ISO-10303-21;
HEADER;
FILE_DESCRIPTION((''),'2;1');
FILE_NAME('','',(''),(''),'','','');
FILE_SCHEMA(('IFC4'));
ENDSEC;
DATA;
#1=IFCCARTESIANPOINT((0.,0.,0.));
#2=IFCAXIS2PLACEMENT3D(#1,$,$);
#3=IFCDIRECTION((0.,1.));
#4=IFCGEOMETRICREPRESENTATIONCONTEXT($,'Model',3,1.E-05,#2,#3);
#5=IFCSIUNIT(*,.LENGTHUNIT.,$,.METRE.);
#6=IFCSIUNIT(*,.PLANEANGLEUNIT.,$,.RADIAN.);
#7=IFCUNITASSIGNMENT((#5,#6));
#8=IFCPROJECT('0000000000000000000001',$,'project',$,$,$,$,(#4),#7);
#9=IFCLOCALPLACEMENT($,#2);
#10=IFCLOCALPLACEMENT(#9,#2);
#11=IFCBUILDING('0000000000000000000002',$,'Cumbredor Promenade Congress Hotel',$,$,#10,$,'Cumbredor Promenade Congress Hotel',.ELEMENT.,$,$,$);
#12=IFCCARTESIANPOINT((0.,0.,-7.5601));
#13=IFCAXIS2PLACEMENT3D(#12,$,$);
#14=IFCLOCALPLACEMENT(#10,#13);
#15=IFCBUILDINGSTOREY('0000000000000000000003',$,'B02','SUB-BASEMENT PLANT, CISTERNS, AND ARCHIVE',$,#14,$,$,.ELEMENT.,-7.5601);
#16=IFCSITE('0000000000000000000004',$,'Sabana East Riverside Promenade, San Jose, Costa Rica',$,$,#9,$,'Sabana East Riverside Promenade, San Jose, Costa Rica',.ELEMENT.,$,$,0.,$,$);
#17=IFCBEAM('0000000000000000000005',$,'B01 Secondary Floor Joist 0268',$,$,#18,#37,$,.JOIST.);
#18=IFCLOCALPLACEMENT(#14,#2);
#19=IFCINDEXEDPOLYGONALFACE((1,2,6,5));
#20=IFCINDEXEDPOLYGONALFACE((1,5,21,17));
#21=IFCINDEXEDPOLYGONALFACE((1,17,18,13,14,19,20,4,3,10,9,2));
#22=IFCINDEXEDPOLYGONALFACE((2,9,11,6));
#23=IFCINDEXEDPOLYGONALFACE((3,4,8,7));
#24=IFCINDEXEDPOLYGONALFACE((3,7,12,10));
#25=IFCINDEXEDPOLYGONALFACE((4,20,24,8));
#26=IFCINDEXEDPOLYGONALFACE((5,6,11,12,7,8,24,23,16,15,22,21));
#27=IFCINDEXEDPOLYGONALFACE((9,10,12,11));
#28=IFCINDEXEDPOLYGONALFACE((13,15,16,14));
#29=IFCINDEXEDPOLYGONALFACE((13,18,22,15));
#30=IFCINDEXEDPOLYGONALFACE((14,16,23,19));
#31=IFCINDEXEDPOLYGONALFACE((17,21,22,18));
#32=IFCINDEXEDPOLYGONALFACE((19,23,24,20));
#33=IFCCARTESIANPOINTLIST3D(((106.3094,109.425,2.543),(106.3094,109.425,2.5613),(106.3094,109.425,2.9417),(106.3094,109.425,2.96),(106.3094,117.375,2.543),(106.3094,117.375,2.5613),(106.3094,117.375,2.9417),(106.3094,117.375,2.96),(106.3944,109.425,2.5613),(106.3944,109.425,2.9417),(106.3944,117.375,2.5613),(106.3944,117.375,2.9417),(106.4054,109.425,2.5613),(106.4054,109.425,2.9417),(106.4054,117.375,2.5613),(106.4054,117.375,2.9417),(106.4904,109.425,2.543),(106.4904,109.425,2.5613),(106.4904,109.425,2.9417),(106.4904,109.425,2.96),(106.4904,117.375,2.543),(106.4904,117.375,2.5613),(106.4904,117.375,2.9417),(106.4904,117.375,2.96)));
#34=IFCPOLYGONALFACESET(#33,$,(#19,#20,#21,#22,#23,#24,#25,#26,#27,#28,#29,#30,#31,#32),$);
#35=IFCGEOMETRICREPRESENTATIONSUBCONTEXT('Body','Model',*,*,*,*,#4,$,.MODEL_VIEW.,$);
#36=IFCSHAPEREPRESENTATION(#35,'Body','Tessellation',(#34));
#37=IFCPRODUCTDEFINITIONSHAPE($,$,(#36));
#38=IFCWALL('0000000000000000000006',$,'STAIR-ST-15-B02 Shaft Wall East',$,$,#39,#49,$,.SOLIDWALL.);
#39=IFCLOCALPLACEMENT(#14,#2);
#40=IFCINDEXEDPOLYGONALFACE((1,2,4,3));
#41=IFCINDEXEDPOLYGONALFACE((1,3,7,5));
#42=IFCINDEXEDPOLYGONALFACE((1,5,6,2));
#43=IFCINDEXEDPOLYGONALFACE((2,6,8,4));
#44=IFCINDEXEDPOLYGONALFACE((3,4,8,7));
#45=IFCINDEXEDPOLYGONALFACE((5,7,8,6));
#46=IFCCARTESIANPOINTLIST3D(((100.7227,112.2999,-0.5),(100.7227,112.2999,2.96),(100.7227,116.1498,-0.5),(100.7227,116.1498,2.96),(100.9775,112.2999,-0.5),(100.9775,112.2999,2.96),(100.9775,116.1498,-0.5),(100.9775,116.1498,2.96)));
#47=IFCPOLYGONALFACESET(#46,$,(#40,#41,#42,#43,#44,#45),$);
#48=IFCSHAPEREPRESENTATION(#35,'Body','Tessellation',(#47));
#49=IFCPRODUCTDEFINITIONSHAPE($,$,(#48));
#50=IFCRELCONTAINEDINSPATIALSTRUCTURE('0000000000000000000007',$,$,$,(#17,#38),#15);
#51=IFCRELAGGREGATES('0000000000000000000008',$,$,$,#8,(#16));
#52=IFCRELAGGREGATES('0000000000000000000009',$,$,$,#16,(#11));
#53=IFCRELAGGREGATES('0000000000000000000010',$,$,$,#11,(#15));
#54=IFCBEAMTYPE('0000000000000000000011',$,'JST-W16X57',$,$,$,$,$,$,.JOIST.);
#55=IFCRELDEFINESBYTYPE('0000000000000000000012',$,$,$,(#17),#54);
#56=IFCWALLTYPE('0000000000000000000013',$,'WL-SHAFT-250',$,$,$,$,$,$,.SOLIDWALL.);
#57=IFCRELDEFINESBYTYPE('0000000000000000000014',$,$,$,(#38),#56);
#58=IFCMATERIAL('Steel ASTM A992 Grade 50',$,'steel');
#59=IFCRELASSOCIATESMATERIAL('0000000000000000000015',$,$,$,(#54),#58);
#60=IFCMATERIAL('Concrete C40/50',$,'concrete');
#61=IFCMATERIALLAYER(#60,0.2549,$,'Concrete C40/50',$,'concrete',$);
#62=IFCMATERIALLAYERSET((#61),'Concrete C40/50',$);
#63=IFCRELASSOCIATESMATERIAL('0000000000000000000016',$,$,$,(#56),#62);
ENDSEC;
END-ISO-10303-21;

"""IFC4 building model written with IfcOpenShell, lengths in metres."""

from ifc_helpers import new_model, si_unit, direction, frame, frame_2d, origin, origin_2d, place, context, subcontext, project, spatial, rectangle, i_section, extrude, material, layer, layer_set, material_profile, profile_set, type_object, element, save


model = new_model("IFC4")

# Units and contexts
model_context = context("Model", 3, precision=1e-05, world=origin(), true_north=direction((0.0, 1.0)))
body_context = subcontext(model_context, "Body", "Model", "MODEL_VIEW")
ifc_project = project(units=[si_unit("LENGTHUNIT", "METRE"), si_unit("PLANEANGLEUNIT", "RADIAN")], contexts=[model_context])

# Site, building, storey
site_placement = place(None, origin())
site = spatial("IfcSite", under=ifc_project, at=site_placement, Name="Sabana East Riverside Promenade, San Jose, Costa Rica", LongName="Sabana East Riverside Promenade, San Jose, Costa Rica", CompositionType="ELEMENT", RefElevation=0.0)
building_placement = place(site_placement, origin())
building = spatial("IfcBuilding", under=site, at=building_placement, Name="Cumbredor Promenade Congress Hotel", LongName="Cumbredor Promenade Congress Hotel", CompositionType="ELEMENT")
storey_placement = place(building_placement, frame((0.0, 0.0, -7.5601)))
storey = spatial("IfcBuildingStorey", under=building, at=storey_placement, Name="B02", Description="SUB-BASEMENT PLANT, CISTERNS, AND ARCHIVE", CompositionType="ELEMENT", Elevation=-7.5601)

# Shared definitions
ifc_material_1 = material(Name="Concrete C40/50", Category="concrete")

# Beam
ifc_material_2 = material(Name="Steel ASTM A992 Grade 50", Category="steel")
ifc_material_profile_1 = material_profile(ifc_material_2, i_section(OverallWidth=0.1809, OverallDepth=0.417, WebThickness=0.011, FlangeThickness=0.0183, at=origin_2d()), Name="W16X57")
ifc_profile_set_1 = profile_set([ifc_material_profile_1], Name="Steel ASTM A992 Grade 50")
beam_type_1 = type_object("IfcBeamType", Name="JST-W16X57", PredefinedType="JOIST", material=ifc_profile_set_1)
for number, where, z_axis, x_axis, name in (
    (1, (106.3999, 109.425, 2.7515), (0.0, 1.0, 0.0), (-1.0, 0.0, 0.0), "B01 Secondary Floor Joist 0268"),
):
    element("IfcBeam", number, at=place(storey_placement, frame(where, z_axis=z_axis, x_axis=x_axis)), inside=storey, type_object=beam_type_1, Name=name, PredefinedType="JOIST", context=body_context, shape_type="SweptSolid", body=[
        extrude(i_section(OverallWidth=0.1809, OverallDepth=0.417, WebThickness=0.011, FlangeThickness=0.0183, at=origin_2d()), origin(), (0.0, 0.0, 1.0), 7.95),
    ])

# Wall
ifc_layer = layer(ifc_material_1, 0.2549, Name="Concrete C40/50", Category="concrete")
ifc_layer_set = layer_set([ifc_layer], Name="Concrete C40/50")
wall_type = type_object("IfcWallType", Name="WL-SHAFT-250", PredefinedType="SOLIDWALL", material=ifc_layer_set)
wall_placement = place(storey_placement, frame((100.8501, 112.3, -0.5), z_axis=(0.0, 0.0, 1.0), x_axis=(0.0, 1.0, 0.0)))
element("IfcWall", 2, at=wall_placement, inside=storey, type_object=wall_type, Name="STAIR-ST-15-B02 Shaft Wall East", PredefinedType="SOLIDWALL", context=body_context, shape_type="SweptSolid", body=[
    extrude(rectangle(XDim=3.8499, YDim=0.2549, at=frame_2d((1.9248, 0.0))), origin(), (0.0, 0.0, 1.0), 3.46),
])

save(model, "model.ifc")
